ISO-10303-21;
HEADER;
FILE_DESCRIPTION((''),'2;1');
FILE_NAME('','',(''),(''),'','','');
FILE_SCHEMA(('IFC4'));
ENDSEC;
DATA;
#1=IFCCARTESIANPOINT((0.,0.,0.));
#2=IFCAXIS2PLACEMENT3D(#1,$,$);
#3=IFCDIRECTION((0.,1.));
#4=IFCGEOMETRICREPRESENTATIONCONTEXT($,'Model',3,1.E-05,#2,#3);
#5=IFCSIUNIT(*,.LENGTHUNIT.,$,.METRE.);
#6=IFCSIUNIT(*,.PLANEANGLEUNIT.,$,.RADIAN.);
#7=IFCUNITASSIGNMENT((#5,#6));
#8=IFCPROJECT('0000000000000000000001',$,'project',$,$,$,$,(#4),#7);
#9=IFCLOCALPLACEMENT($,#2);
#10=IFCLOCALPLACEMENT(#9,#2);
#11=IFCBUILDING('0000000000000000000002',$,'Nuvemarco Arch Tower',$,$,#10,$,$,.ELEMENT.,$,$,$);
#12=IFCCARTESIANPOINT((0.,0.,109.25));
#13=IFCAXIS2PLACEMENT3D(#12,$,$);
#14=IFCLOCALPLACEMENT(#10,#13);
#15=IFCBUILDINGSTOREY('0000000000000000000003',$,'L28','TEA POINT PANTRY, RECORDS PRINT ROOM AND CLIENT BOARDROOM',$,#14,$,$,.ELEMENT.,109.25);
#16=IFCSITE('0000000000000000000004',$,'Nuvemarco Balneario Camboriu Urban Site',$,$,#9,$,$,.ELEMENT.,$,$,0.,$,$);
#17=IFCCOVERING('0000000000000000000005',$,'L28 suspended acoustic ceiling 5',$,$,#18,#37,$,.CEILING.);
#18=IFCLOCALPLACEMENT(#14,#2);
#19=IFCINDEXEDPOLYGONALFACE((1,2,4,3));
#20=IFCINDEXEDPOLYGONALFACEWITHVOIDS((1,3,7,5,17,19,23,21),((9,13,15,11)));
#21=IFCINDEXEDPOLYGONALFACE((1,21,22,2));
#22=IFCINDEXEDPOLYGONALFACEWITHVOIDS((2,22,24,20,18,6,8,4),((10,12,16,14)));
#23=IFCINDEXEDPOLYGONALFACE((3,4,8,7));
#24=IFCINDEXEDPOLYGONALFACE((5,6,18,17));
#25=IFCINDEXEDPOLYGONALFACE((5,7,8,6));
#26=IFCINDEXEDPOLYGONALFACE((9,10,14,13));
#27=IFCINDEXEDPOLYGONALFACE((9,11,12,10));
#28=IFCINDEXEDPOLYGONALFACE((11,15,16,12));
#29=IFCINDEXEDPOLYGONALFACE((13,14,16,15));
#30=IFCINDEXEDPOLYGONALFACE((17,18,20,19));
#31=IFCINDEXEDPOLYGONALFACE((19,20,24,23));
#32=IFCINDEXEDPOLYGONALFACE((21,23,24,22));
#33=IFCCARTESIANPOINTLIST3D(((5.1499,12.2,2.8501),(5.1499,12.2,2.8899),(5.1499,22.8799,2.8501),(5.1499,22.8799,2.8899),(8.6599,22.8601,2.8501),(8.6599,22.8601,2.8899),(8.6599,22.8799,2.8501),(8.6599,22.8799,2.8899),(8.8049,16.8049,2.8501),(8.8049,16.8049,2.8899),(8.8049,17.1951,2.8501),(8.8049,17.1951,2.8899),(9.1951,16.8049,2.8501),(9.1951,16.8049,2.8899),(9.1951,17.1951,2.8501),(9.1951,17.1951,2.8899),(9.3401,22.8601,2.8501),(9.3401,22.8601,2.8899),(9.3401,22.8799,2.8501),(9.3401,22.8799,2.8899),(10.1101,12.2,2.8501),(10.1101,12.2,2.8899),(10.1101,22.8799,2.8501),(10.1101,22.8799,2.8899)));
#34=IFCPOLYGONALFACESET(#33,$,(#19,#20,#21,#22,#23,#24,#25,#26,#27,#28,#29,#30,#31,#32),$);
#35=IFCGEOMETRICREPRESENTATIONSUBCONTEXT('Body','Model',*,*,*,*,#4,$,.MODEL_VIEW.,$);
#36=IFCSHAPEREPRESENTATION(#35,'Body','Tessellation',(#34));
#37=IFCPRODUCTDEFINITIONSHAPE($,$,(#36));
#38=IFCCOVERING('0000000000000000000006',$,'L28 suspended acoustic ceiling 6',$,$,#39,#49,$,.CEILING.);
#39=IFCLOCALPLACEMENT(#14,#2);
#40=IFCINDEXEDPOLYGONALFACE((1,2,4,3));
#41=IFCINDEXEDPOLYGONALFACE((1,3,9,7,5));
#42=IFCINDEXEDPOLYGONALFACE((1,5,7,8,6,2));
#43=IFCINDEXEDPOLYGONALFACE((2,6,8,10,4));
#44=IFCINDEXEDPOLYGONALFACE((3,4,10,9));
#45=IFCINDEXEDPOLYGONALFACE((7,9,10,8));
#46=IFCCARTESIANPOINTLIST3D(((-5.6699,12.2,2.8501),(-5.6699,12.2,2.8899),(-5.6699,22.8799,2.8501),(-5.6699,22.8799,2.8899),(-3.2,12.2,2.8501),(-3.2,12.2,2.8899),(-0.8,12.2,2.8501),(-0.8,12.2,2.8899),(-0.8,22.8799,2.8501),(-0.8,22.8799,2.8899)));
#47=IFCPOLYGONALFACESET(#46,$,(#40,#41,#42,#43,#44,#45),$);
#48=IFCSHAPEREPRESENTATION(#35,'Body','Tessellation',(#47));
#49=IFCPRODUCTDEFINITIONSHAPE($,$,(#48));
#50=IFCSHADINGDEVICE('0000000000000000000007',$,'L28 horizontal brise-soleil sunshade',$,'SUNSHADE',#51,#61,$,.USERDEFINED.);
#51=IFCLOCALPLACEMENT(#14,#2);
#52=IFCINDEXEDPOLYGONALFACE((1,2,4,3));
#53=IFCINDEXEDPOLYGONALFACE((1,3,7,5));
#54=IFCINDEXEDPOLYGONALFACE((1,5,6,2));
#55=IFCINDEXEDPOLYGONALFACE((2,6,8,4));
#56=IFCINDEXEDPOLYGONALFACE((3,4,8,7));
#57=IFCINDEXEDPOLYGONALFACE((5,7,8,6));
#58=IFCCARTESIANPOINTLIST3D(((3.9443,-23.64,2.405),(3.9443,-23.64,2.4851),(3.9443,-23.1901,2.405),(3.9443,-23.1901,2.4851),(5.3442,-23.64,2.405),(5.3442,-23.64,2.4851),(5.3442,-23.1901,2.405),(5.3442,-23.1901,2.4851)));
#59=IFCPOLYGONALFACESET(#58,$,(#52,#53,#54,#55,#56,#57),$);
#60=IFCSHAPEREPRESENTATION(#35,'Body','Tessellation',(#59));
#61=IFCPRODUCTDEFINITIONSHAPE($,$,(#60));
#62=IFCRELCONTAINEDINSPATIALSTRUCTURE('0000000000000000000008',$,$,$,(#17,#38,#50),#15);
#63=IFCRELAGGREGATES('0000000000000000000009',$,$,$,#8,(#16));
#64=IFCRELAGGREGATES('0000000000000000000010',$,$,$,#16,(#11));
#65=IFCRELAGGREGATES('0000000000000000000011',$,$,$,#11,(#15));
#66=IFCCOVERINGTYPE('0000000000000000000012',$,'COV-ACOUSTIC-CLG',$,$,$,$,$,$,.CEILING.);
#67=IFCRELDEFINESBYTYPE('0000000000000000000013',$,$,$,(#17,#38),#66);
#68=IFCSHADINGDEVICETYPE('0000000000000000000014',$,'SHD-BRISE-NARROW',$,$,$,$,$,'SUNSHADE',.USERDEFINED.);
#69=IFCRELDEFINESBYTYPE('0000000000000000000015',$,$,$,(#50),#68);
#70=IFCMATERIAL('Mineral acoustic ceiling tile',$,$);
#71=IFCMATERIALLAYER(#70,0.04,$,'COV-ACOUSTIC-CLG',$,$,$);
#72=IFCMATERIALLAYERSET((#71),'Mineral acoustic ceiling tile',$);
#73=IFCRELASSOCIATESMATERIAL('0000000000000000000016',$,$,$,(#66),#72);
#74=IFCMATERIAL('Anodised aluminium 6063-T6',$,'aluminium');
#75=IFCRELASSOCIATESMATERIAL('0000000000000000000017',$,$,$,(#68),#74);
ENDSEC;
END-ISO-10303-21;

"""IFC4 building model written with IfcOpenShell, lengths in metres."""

from ifc_helpers import new_model, si_unit, direction, frame, origin, origin_2d, place, context, subcontext, project, spatial, polyline, rectangle, outline, extrude, source, transform, mapped, material, layer, layer_set, type_object, type_shapes, element, save


model = new_model("IFC4")

# Units and contexts
model_context = context("Model", 3, precision=1e-05, world=origin(), true_north=direction((0.0, 1.0)))
body_context = subcontext(model_context, "Body", "Model", "MODEL_VIEW")
ifc_project = project(units=[si_unit("LENGTHUNIT", "METRE"), si_unit("PLANEANGLEUNIT", "RADIAN")], contexts=[model_context])

# Site, building, storey
site_placement = place(None, origin())
site = spatial("IfcSite", under=ifc_project, at=site_placement, Name="Nuvemarco Balneario Camboriu Urban Site", CompositionType="ELEMENT", RefElevation=0.0)
building_placement = place(site_placement, origin())
building = spatial("IfcBuilding", under=site, at=building_placement, Name="Nuvemarco Arch Tower", CompositionType="ELEMENT")
storey_placement = place(building_placement, frame((0.0, 0.0, 109.25)))
storey = spatial("IfcBuildingStorey", under=building, at=storey_placement, Name="L28", Description="TEA POINT PANTRY, RECORDS PRINT ROOM AND CLIENT BOARDROOM", CompositionType="ELEMENT", Elevation=109.25)

# Coverings
ifc_material_1 = material(Name="Mineral acoustic ceiling tile")
ifc_layer_1 = layer(ifc_material_1, 0.04, Name="COV-ACOUSTIC-CLG")
ifc_layer_set_1 = layer_set([ifc_layer_1], Name="Mineral acoustic ceiling tile")
covering_type = type_object("IfcCoveringType", Name="COV-ACOUSTIC-CLG", PredefinedType="CEILING", material=ifc_layer_set_1)
covering_1_placement = place(storey_placement, frame((0.0, 0.0, 2.8501)))
element("IfcCovering", 1, at=covering_1_placement, inside=storey, type_object=covering_type, Name="L28 suspended acoustic ceiling 5", PredefinedType="CEILING", context=body_context, shape_type="SweptSolid", body=[
    extrude(outline(polyline([(10.1101, 12.2), (5.1499, 12.2), (5.1499, 22.8799), (8.6599, 22.8799), (8.6599, 22.8601), (9.3401, 22.8601), (9.3401, 22.8799), (10.1101, 22.8799), (10.1101, 12.2)]), holes=[polyline([(9.1951, 17.1951), (8.8049, 17.1951), (8.8049, 16.8049), (9.1951, 16.8049), (9.1951, 17.1951)])]), origin(), (0.0, 0.0, 1.0), 0.0398),
])
covering_2_placement = place(storey_placement, frame((0.0, 0.0, 2.8501)))
element("IfcCovering", 2, at=covering_2_placement, inside=storey, type_object=covering_type, Name="L28 suspended acoustic ceiling 6", PredefinedType="CEILING", context=body_context, shape_type="SweptSolid", body=[
    extrude(outline(polyline([(-0.8, 12.2), (-3.2, 12.2), (-5.6699, 12.2), (-5.6699, 22.8799), (-0.8, 22.8799), (-0.8, 12.2)])), origin(), (0.0, 0.0, 1.0), 0.0398),
])

# Shading device
ifc_material_2 = material(Name="Anodised aluminium 6063-T6", Category="aluminium")
shading_device_type = type_object("IfcShadingDeviceType", Name="SHD-BRISE-NARROW", ElementType="SUNSHADE", PredefinedType="USERDEFINED", material=ifc_material_2)
shared_shape_1 = source(origin(), body_context, "Body", "SweptSolid", [
    extrude(rectangle(XDim=1.3999, YDim=0.45, at=origin_2d()), origin(), (0.0, 0.0, 1.0), 0.0801),
])
type_shapes(shading_device_type, [shared_shape_1])
shading_device_placement = place(storey_placement, frame((4.6443, -23.415, 2.405), z_axis=(0.0, 0.0, 1.0), x_axis=(1.0, 0.0, 0.0)))
element("IfcShadingDevice", 3, at=shading_device_placement, inside=storey, type_object=shading_device_type, Name="L28 horizontal brise-soleil sunshade", ObjectType="SUNSHADE", PredefinedType="USERDEFINED", context=body_context, shape_type="MappedRepresentation", body=[
    mapped(shared_shape_1, transform((0.0, 0.0, 0.0), scale=1.0)),
])

save(model, "model.ifc")
